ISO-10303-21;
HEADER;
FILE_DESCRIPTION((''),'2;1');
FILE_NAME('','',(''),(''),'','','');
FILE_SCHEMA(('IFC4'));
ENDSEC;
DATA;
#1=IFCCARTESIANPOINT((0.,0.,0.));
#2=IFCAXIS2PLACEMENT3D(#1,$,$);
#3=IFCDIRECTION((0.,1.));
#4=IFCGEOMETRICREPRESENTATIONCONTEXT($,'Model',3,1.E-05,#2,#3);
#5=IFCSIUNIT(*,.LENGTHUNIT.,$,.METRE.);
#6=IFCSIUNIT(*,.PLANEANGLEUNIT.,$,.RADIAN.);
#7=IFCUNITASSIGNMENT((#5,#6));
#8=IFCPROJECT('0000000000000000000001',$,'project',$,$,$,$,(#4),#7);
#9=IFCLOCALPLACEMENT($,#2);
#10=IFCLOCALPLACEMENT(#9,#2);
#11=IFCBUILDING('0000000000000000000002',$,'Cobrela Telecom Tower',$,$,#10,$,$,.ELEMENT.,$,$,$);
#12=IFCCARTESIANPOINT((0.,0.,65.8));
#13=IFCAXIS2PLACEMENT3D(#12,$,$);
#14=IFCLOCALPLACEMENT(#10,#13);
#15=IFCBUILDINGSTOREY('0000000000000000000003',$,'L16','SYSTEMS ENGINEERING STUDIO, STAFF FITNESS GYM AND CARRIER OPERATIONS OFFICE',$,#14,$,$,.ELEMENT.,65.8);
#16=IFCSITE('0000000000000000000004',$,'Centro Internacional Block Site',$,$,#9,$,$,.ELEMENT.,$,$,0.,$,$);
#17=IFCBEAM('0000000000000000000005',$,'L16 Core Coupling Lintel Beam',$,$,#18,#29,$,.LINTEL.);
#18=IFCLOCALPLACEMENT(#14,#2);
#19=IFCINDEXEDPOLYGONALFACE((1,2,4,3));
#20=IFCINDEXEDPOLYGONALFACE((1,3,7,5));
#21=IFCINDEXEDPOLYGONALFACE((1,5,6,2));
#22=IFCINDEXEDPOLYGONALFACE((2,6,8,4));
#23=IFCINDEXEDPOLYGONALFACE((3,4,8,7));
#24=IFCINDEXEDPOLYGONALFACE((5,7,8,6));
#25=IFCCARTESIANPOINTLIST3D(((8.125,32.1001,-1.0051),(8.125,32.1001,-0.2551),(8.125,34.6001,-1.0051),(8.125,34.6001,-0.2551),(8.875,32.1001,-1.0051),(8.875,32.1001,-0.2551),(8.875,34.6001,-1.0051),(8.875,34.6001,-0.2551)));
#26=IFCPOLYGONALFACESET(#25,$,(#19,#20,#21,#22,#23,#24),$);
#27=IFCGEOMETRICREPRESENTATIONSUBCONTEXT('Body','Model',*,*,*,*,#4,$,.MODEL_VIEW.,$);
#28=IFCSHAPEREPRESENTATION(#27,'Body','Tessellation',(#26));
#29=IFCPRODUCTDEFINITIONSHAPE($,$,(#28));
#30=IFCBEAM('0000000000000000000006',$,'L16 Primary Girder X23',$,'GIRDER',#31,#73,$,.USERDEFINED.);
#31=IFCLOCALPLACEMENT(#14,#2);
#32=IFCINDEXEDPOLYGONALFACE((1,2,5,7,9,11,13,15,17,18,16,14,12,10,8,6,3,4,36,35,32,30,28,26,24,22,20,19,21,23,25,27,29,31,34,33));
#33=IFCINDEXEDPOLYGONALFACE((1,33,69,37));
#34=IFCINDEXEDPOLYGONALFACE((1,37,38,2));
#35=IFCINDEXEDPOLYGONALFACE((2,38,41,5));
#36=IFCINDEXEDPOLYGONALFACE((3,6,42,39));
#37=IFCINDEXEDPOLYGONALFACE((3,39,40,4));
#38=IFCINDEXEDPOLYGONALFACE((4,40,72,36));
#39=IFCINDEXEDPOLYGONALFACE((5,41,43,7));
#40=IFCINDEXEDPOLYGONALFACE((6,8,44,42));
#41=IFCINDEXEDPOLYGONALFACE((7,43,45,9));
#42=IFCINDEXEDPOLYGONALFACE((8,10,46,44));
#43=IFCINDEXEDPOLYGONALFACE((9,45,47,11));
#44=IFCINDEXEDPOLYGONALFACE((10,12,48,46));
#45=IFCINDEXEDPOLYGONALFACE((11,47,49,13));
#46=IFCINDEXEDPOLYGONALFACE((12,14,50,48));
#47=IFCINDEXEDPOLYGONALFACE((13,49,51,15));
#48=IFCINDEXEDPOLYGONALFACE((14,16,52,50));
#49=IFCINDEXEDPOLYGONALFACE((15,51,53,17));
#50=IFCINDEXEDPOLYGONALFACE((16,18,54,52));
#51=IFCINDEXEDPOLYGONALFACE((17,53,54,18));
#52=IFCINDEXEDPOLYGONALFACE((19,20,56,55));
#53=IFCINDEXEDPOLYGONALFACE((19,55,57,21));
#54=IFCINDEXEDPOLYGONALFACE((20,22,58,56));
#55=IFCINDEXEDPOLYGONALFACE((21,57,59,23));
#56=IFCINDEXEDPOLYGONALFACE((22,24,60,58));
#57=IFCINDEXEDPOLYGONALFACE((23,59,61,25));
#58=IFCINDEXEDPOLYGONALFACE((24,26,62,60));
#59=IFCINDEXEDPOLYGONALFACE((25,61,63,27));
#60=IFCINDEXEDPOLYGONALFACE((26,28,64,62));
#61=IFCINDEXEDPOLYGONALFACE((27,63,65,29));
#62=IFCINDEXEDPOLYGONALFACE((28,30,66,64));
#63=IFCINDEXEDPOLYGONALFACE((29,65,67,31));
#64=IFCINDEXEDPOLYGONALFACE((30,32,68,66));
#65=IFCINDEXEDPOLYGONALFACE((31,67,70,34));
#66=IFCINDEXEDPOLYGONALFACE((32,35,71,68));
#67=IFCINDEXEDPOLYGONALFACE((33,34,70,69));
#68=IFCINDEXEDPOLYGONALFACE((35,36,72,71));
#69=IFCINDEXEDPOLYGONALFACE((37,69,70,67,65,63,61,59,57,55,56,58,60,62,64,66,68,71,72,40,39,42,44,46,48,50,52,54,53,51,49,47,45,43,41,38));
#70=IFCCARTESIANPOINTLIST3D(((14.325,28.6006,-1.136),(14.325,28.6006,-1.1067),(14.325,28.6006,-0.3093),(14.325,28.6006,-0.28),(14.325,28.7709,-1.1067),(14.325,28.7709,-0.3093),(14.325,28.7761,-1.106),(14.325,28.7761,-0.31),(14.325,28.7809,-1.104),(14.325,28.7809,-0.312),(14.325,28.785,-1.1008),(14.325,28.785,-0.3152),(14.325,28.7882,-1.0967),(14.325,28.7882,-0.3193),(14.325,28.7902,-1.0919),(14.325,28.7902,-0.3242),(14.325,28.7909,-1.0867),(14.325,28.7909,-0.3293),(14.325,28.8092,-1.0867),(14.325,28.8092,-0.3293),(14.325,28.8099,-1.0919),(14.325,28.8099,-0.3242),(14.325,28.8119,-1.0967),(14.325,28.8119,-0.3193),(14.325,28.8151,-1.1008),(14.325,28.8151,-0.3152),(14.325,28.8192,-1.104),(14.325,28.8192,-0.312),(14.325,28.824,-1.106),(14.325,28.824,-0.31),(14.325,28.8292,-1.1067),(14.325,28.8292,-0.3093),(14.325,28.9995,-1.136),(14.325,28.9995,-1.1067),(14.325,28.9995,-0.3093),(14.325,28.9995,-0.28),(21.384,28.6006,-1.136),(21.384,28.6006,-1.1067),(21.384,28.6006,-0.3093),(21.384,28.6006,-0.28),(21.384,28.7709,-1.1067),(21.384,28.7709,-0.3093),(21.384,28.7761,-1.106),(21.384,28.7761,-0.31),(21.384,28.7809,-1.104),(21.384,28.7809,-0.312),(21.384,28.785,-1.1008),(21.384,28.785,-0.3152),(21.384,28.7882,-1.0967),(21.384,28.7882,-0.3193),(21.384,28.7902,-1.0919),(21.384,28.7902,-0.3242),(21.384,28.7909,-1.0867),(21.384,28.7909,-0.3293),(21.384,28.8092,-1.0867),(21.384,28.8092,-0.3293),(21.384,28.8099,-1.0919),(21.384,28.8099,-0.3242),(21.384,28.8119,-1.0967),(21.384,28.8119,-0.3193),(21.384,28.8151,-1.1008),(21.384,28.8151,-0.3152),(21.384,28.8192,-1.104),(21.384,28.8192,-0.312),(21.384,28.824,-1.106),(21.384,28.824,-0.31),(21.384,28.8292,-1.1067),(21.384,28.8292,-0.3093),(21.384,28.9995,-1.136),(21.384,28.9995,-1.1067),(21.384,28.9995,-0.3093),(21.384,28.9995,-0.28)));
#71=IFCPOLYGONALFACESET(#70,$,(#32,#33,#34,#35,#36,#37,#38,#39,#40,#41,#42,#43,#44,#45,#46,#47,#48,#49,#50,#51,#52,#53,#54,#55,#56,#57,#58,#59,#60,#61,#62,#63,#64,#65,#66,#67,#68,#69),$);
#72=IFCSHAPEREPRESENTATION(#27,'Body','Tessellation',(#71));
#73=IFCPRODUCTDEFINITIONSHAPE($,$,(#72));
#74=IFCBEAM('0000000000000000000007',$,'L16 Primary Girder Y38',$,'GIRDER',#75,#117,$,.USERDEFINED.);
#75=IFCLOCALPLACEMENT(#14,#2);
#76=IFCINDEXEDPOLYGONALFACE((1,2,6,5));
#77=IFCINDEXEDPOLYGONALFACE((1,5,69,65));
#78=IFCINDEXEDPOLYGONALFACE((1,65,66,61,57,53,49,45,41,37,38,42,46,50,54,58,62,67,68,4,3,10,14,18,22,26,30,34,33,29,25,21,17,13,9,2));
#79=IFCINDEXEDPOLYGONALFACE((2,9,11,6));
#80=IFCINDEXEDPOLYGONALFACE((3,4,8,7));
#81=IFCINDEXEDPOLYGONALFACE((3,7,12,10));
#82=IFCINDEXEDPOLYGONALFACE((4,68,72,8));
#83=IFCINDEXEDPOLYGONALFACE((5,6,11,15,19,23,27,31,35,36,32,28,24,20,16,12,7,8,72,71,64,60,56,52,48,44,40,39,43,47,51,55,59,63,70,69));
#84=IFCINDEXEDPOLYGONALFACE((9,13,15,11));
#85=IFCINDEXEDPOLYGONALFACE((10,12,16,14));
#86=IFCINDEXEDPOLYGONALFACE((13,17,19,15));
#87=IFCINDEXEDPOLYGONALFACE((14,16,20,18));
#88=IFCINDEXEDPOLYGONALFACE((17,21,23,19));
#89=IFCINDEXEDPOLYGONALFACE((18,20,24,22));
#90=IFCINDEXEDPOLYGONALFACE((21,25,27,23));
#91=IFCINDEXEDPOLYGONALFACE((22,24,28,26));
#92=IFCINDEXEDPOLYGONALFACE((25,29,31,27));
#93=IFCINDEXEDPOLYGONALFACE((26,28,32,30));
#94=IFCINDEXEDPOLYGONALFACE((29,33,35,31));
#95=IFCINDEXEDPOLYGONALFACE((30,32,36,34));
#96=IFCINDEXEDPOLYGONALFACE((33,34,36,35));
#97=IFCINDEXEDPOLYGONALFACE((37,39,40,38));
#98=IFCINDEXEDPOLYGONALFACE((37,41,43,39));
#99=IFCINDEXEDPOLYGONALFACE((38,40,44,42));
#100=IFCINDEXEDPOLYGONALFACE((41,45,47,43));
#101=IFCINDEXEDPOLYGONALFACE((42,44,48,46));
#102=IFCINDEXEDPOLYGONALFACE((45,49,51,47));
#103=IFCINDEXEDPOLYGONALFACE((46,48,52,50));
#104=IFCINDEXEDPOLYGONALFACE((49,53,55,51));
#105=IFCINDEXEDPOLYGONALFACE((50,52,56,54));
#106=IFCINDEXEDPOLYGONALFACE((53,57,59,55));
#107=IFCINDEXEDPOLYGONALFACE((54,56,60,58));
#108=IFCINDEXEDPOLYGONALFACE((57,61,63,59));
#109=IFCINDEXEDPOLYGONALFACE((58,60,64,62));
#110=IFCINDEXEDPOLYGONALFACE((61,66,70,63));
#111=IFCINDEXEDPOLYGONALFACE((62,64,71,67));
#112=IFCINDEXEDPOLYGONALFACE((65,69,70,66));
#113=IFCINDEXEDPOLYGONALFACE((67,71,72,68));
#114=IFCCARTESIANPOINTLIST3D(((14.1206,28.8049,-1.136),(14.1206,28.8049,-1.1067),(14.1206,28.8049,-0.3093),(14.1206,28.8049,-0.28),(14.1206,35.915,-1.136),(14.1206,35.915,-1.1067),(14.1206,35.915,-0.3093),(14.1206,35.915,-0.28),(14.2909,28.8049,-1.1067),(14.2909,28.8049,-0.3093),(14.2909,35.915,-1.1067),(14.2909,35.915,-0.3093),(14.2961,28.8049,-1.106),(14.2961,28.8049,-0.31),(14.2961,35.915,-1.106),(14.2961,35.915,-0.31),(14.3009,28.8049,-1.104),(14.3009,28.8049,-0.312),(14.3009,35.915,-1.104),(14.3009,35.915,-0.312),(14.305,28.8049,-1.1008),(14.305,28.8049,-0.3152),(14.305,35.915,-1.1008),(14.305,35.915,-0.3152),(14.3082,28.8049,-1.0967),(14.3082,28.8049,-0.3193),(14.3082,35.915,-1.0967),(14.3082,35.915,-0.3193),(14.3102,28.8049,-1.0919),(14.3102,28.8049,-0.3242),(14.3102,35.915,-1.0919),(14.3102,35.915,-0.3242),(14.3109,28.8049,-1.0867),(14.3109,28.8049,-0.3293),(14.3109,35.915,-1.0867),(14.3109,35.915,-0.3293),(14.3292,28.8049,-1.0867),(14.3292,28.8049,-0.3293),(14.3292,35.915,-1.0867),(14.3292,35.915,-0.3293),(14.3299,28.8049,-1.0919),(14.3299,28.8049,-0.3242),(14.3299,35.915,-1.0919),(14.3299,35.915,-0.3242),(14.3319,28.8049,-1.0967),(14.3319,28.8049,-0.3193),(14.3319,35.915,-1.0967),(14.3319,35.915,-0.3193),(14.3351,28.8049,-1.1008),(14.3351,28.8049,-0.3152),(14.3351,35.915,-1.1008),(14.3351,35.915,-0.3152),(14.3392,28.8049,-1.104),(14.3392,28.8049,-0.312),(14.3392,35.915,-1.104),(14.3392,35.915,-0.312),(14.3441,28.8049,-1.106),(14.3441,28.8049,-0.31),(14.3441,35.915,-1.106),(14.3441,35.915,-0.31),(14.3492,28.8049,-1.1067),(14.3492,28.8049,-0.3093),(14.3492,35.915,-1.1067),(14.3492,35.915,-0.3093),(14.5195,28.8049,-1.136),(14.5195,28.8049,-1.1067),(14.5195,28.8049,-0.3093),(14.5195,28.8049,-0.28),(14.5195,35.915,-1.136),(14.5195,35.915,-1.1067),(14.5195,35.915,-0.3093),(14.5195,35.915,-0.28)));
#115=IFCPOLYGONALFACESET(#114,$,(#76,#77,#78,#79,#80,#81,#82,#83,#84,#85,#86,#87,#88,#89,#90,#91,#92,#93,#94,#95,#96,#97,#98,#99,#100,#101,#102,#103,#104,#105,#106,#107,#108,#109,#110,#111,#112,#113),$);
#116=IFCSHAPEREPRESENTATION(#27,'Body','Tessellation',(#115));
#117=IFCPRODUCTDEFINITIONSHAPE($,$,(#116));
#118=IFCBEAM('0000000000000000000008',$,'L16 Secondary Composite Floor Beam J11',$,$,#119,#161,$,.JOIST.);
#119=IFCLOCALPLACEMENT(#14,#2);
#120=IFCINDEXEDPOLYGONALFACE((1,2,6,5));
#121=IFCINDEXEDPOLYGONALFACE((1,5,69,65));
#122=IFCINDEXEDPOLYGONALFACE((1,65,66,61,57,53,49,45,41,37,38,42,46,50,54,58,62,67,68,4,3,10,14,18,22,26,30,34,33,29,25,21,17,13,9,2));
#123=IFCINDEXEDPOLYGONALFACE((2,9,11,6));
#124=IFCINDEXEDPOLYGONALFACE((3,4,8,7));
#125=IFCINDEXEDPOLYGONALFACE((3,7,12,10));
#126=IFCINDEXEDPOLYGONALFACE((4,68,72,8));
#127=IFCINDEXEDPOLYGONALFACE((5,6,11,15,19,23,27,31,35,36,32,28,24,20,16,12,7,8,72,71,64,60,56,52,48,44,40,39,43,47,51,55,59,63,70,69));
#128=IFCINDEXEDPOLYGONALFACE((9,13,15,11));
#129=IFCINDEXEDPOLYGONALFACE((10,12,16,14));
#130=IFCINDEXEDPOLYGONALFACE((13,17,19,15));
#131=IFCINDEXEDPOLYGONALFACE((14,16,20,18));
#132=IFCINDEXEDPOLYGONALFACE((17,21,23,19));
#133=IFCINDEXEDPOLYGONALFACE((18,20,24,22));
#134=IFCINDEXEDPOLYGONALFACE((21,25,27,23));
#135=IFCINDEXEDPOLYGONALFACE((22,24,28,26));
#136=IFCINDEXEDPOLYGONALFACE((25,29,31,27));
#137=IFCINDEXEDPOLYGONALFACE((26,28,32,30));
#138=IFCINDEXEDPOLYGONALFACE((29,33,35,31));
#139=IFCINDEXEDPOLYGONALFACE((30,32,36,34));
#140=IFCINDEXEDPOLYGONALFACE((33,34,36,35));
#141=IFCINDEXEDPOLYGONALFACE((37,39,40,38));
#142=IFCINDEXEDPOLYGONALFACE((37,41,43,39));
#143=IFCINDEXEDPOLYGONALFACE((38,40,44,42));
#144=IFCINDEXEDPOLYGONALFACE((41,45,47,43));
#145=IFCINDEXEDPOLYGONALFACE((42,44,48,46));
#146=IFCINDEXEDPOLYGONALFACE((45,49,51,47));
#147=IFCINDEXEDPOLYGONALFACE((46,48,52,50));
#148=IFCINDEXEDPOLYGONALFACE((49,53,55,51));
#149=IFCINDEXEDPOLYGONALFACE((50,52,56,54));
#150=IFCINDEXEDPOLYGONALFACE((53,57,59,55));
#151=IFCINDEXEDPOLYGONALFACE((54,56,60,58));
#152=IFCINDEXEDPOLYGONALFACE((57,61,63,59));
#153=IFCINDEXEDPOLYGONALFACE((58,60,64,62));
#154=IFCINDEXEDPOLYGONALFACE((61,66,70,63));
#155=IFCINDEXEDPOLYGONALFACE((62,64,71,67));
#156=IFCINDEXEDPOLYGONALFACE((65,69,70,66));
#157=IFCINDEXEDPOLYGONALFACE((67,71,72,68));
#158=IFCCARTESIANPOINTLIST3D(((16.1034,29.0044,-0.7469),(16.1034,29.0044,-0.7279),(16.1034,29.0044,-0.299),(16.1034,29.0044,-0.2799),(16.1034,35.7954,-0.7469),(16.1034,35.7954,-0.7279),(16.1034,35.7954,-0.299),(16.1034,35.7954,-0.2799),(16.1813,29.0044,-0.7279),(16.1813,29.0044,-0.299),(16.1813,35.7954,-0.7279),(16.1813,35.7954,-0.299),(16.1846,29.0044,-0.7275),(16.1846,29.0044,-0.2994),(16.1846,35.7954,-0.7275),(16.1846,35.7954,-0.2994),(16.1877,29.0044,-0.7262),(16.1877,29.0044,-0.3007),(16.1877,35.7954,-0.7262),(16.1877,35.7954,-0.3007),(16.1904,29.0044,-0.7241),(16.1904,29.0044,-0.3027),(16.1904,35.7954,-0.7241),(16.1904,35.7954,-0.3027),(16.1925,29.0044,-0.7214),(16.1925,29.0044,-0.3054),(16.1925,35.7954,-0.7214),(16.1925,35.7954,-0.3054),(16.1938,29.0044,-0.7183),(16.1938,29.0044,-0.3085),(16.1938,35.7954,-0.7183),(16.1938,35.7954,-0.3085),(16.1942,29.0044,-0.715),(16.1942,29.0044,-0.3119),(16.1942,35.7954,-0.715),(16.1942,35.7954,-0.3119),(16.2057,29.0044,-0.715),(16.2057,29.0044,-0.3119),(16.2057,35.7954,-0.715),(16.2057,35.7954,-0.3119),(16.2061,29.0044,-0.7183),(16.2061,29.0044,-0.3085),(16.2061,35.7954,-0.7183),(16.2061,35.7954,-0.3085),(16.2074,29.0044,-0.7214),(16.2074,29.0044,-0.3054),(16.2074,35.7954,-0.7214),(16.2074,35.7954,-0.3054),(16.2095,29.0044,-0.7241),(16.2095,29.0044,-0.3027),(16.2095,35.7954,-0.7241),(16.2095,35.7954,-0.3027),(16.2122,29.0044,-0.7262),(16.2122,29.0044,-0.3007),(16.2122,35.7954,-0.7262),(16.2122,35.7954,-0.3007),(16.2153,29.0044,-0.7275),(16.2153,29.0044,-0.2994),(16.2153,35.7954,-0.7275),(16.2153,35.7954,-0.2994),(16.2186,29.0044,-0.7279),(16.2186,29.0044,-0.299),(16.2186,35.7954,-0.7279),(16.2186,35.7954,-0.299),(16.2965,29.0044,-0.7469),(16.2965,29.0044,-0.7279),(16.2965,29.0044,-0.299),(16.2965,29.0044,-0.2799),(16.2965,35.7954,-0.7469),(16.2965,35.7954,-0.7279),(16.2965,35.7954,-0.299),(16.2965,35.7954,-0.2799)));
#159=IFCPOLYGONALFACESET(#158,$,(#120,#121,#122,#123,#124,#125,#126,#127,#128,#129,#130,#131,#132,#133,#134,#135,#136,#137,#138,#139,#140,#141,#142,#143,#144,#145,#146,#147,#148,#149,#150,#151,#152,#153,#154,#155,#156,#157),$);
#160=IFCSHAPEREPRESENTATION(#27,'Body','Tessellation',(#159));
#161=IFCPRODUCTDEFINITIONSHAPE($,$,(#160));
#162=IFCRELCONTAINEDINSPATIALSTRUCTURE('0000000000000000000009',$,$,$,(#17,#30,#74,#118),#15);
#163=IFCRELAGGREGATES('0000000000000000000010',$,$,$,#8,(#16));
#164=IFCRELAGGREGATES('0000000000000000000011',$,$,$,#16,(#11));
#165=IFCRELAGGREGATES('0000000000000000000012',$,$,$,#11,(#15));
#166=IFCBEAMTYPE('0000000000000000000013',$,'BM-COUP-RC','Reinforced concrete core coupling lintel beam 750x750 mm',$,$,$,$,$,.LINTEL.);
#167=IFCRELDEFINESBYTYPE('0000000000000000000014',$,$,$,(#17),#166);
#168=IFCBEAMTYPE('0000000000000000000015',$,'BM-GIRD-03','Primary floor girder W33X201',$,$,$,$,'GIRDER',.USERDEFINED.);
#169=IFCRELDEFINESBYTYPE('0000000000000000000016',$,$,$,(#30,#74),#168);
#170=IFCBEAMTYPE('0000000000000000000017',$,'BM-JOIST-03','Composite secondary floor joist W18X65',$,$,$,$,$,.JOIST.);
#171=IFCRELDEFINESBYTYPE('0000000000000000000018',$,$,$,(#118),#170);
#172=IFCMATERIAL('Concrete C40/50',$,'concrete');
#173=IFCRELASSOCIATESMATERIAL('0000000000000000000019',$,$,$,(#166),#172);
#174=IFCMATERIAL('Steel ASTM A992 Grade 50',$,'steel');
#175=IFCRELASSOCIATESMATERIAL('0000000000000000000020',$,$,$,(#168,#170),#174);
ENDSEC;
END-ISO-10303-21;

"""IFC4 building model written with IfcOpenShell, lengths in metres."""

from ifc_helpers import new_model, si_unit, direction, frame, origin, origin_2d, place, context, subcontext, project, spatial, rectangle, i_section, extrude, material, material_profile, profile_set, type_object, element, save


model = new_model("IFC4")

# Units and contexts
model_context = context("Model", 3, precision=1e-05, world=origin(), true_north=direction((0.0, 1.0)))
body_context = subcontext(model_context, "Body", "Model", "MODEL_VIEW")
ifc_project = project(units=[si_unit("LENGTHUNIT", "METRE"), si_unit("PLANEANGLEUNIT", "RADIAN")], contexts=[model_context])

# Site, building, storey
site_placement = place(None, origin())
site = spatial("IfcSite", under=ifc_project, at=site_placement, Name="Centro Internacional Block Site", CompositionType="ELEMENT", RefElevation=0.0)
building_placement = place(site_placement, origin())
building = spatial("IfcBuilding", under=site, at=building_placement, Name="Cobrela Telecom Tower", CompositionType="ELEMENT")
storey_placement = place(building_placement, frame((0.0, 0.0, 65.8)))
storey = spatial("IfcBuildingStorey", under=building, at=storey_placement, Name="L16", Description="SYSTEMS ENGINEERING STUDIO, STAFF FITNESS GYM AND CARRIER OPERATIONS OFFICE", CompositionType="ELEMENT", Elevation=65.8)

# Beams
ifc_material_1 = material(Name="Concrete C40/50", Category="concrete")
ifc_material_profile_1 = material_profile(ifc_material_1, rectangle(XDim=0.75, YDim=0.75, at=origin_2d()), Name="RC 750x750")
ifc_profile_set_1 = profile_set([ifc_material_profile_1], Name="Concrete C40/50")
beam_type_1 = type_object("IfcBeamType", Name="BM-COUP-RC", Description="Reinforced concrete core coupling lintel beam 750x750 mm", PredefinedType="LINTEL", material=ifc_profile_set_1)
beam_1_placement = place(storey_placement, frame((8.5, 32.1001, -0.6301), z_axis=(0.0, 1.0, 0.0), x_axis=(-1.0, 0.0, 0.0)))
element("IfcBeam", 1, at=beam_1_placement, inside=storey, type_object=beam_type_1, Name="L16 Core Coupling Lintel Beam", PredefinedType="LINTEL", context=body_context, shape_type="SweptSolid", body=[
    extrude(rectangle(XDim=0.75, YDim=0.75, at=origin_2d()), origin(), (0.0, 0.0, 1.0), 2.5),
])
ifc_material_2 = material(Name="Steel ASTM A992 Grade 50", Category="steel")
ifc_material_profile_2 = material_profile(ifc_material_2, i_section(OverallWidth=0.3989, OverallDepth=0.856, WebThickness=0.0183, FlangeThickness=0.0293, FilletRadius=0.02, at=origin_2d()), Name="W33X201")
ifc_profile_set_2 = profile_set([ifc_material_profile_2], Name="Steel ASTM A992 Grade 50")
beam_type_2 = type_object("IfcBeamType", Name="BM-GIRD-03", Description="Primary floor girder W33X201", ElementType="GIRDER", PredefinedType="USERDEFINED", material=ifc_profile_set_2)
beam_2_placement = place(storey_placement, frame((14.325, 28.8, -0.708), z_axis=(1.0, 0.0, 0.0), x_axis=(0.0, 1.0, 0.0)))
element("IfcBeam", 2, at=beam_2_placement, inside=storey, type_object=beam_type_2, Name="L16 Primary Girder X23", ObjectType="GIRDER", PredefinedType="USERDEFINED", context=body_context, shape_type="SweptSolid", body=[
    extrude(i_section(OverallWidth=0.3989, OverallDepth=0.856, WebThickness=0.0183, FlangeThickness=0.0293, FilletRadius=0.02, at=origin_2d()), origin(), (0.0, 0.0, 1.0), 7.0591),
])
beam_3_placement = place(storey_placement, frame((14.3201, 28.8049, -0.708), z_axis=(0.0, 1.0, 0.0), x_axis=(-1.0, 0.0, 0.0)))
element("IfcBeam", 3, at=beam_3_placement, inside=storey, type_object=beam_type_2, Name="L16 Primary Girder Y38", ObjectType="GIRDER", PredefinedType="USERDEFINED", context=body_context, shape_type="SweptSolid", body=[
    extrude(i_section(OverallWidth=0.3989, OverallDepth=0.856, WebThickness=0.0183, FlangeThickness=0.0293, FilletRadius=0.02, at=origin_2d()), origin(), (0.0, 0.0, 1.0), 7.1101),
])
ifc_material_profile_3 = material_profile(ifc_material_2, i_section(OverallWidth=0.1931, OverallDepth=0.467, WebThickness=0.0115, FlangeThickness=0.019, FilletRadius=0.0129, at=origin_2d()), Name="W18X65")
ifc_profile_set_3 = profile_set([ifc_material_profile_3], Name="Steel ASTM A992 Grade 50")
beam_type_3 = type_object("IfcBeamType", Name="BM-JOIST-03", Description="Composite secondary floor joist W18X65", PredefinedType="JOIST", material=ifc_profile_set_3)
for number, where, z_axis, x_axis, name in (
    (4, (16.2, 29.0044, -0.5134), (0.0, 1.0, 0.0), (-1.0, 0.0, 0.0), "L16 Secondary Composite Floor Beam J11"),
):
    element("IfcBeam", number, at=place(storey_placement, frame(where, z_axis=z_axis, x_axis=x_axis)), inside=storey, type_object=beam_type_3, Name=name, PredefinedType="JOIST", context=body_context, shape_type="SweptSolid", body=[
        extrude(i_section(OverallWidth=0.1931, OverallDepth=0.467, WebThickness=0.0115, FlangeThickness=0.019, FilletRadius=0.0129, at=origin_2d()), origin(), (0.0, 0.0, 1.0), 6.791),
    ])

save(model, "model.ifc")
